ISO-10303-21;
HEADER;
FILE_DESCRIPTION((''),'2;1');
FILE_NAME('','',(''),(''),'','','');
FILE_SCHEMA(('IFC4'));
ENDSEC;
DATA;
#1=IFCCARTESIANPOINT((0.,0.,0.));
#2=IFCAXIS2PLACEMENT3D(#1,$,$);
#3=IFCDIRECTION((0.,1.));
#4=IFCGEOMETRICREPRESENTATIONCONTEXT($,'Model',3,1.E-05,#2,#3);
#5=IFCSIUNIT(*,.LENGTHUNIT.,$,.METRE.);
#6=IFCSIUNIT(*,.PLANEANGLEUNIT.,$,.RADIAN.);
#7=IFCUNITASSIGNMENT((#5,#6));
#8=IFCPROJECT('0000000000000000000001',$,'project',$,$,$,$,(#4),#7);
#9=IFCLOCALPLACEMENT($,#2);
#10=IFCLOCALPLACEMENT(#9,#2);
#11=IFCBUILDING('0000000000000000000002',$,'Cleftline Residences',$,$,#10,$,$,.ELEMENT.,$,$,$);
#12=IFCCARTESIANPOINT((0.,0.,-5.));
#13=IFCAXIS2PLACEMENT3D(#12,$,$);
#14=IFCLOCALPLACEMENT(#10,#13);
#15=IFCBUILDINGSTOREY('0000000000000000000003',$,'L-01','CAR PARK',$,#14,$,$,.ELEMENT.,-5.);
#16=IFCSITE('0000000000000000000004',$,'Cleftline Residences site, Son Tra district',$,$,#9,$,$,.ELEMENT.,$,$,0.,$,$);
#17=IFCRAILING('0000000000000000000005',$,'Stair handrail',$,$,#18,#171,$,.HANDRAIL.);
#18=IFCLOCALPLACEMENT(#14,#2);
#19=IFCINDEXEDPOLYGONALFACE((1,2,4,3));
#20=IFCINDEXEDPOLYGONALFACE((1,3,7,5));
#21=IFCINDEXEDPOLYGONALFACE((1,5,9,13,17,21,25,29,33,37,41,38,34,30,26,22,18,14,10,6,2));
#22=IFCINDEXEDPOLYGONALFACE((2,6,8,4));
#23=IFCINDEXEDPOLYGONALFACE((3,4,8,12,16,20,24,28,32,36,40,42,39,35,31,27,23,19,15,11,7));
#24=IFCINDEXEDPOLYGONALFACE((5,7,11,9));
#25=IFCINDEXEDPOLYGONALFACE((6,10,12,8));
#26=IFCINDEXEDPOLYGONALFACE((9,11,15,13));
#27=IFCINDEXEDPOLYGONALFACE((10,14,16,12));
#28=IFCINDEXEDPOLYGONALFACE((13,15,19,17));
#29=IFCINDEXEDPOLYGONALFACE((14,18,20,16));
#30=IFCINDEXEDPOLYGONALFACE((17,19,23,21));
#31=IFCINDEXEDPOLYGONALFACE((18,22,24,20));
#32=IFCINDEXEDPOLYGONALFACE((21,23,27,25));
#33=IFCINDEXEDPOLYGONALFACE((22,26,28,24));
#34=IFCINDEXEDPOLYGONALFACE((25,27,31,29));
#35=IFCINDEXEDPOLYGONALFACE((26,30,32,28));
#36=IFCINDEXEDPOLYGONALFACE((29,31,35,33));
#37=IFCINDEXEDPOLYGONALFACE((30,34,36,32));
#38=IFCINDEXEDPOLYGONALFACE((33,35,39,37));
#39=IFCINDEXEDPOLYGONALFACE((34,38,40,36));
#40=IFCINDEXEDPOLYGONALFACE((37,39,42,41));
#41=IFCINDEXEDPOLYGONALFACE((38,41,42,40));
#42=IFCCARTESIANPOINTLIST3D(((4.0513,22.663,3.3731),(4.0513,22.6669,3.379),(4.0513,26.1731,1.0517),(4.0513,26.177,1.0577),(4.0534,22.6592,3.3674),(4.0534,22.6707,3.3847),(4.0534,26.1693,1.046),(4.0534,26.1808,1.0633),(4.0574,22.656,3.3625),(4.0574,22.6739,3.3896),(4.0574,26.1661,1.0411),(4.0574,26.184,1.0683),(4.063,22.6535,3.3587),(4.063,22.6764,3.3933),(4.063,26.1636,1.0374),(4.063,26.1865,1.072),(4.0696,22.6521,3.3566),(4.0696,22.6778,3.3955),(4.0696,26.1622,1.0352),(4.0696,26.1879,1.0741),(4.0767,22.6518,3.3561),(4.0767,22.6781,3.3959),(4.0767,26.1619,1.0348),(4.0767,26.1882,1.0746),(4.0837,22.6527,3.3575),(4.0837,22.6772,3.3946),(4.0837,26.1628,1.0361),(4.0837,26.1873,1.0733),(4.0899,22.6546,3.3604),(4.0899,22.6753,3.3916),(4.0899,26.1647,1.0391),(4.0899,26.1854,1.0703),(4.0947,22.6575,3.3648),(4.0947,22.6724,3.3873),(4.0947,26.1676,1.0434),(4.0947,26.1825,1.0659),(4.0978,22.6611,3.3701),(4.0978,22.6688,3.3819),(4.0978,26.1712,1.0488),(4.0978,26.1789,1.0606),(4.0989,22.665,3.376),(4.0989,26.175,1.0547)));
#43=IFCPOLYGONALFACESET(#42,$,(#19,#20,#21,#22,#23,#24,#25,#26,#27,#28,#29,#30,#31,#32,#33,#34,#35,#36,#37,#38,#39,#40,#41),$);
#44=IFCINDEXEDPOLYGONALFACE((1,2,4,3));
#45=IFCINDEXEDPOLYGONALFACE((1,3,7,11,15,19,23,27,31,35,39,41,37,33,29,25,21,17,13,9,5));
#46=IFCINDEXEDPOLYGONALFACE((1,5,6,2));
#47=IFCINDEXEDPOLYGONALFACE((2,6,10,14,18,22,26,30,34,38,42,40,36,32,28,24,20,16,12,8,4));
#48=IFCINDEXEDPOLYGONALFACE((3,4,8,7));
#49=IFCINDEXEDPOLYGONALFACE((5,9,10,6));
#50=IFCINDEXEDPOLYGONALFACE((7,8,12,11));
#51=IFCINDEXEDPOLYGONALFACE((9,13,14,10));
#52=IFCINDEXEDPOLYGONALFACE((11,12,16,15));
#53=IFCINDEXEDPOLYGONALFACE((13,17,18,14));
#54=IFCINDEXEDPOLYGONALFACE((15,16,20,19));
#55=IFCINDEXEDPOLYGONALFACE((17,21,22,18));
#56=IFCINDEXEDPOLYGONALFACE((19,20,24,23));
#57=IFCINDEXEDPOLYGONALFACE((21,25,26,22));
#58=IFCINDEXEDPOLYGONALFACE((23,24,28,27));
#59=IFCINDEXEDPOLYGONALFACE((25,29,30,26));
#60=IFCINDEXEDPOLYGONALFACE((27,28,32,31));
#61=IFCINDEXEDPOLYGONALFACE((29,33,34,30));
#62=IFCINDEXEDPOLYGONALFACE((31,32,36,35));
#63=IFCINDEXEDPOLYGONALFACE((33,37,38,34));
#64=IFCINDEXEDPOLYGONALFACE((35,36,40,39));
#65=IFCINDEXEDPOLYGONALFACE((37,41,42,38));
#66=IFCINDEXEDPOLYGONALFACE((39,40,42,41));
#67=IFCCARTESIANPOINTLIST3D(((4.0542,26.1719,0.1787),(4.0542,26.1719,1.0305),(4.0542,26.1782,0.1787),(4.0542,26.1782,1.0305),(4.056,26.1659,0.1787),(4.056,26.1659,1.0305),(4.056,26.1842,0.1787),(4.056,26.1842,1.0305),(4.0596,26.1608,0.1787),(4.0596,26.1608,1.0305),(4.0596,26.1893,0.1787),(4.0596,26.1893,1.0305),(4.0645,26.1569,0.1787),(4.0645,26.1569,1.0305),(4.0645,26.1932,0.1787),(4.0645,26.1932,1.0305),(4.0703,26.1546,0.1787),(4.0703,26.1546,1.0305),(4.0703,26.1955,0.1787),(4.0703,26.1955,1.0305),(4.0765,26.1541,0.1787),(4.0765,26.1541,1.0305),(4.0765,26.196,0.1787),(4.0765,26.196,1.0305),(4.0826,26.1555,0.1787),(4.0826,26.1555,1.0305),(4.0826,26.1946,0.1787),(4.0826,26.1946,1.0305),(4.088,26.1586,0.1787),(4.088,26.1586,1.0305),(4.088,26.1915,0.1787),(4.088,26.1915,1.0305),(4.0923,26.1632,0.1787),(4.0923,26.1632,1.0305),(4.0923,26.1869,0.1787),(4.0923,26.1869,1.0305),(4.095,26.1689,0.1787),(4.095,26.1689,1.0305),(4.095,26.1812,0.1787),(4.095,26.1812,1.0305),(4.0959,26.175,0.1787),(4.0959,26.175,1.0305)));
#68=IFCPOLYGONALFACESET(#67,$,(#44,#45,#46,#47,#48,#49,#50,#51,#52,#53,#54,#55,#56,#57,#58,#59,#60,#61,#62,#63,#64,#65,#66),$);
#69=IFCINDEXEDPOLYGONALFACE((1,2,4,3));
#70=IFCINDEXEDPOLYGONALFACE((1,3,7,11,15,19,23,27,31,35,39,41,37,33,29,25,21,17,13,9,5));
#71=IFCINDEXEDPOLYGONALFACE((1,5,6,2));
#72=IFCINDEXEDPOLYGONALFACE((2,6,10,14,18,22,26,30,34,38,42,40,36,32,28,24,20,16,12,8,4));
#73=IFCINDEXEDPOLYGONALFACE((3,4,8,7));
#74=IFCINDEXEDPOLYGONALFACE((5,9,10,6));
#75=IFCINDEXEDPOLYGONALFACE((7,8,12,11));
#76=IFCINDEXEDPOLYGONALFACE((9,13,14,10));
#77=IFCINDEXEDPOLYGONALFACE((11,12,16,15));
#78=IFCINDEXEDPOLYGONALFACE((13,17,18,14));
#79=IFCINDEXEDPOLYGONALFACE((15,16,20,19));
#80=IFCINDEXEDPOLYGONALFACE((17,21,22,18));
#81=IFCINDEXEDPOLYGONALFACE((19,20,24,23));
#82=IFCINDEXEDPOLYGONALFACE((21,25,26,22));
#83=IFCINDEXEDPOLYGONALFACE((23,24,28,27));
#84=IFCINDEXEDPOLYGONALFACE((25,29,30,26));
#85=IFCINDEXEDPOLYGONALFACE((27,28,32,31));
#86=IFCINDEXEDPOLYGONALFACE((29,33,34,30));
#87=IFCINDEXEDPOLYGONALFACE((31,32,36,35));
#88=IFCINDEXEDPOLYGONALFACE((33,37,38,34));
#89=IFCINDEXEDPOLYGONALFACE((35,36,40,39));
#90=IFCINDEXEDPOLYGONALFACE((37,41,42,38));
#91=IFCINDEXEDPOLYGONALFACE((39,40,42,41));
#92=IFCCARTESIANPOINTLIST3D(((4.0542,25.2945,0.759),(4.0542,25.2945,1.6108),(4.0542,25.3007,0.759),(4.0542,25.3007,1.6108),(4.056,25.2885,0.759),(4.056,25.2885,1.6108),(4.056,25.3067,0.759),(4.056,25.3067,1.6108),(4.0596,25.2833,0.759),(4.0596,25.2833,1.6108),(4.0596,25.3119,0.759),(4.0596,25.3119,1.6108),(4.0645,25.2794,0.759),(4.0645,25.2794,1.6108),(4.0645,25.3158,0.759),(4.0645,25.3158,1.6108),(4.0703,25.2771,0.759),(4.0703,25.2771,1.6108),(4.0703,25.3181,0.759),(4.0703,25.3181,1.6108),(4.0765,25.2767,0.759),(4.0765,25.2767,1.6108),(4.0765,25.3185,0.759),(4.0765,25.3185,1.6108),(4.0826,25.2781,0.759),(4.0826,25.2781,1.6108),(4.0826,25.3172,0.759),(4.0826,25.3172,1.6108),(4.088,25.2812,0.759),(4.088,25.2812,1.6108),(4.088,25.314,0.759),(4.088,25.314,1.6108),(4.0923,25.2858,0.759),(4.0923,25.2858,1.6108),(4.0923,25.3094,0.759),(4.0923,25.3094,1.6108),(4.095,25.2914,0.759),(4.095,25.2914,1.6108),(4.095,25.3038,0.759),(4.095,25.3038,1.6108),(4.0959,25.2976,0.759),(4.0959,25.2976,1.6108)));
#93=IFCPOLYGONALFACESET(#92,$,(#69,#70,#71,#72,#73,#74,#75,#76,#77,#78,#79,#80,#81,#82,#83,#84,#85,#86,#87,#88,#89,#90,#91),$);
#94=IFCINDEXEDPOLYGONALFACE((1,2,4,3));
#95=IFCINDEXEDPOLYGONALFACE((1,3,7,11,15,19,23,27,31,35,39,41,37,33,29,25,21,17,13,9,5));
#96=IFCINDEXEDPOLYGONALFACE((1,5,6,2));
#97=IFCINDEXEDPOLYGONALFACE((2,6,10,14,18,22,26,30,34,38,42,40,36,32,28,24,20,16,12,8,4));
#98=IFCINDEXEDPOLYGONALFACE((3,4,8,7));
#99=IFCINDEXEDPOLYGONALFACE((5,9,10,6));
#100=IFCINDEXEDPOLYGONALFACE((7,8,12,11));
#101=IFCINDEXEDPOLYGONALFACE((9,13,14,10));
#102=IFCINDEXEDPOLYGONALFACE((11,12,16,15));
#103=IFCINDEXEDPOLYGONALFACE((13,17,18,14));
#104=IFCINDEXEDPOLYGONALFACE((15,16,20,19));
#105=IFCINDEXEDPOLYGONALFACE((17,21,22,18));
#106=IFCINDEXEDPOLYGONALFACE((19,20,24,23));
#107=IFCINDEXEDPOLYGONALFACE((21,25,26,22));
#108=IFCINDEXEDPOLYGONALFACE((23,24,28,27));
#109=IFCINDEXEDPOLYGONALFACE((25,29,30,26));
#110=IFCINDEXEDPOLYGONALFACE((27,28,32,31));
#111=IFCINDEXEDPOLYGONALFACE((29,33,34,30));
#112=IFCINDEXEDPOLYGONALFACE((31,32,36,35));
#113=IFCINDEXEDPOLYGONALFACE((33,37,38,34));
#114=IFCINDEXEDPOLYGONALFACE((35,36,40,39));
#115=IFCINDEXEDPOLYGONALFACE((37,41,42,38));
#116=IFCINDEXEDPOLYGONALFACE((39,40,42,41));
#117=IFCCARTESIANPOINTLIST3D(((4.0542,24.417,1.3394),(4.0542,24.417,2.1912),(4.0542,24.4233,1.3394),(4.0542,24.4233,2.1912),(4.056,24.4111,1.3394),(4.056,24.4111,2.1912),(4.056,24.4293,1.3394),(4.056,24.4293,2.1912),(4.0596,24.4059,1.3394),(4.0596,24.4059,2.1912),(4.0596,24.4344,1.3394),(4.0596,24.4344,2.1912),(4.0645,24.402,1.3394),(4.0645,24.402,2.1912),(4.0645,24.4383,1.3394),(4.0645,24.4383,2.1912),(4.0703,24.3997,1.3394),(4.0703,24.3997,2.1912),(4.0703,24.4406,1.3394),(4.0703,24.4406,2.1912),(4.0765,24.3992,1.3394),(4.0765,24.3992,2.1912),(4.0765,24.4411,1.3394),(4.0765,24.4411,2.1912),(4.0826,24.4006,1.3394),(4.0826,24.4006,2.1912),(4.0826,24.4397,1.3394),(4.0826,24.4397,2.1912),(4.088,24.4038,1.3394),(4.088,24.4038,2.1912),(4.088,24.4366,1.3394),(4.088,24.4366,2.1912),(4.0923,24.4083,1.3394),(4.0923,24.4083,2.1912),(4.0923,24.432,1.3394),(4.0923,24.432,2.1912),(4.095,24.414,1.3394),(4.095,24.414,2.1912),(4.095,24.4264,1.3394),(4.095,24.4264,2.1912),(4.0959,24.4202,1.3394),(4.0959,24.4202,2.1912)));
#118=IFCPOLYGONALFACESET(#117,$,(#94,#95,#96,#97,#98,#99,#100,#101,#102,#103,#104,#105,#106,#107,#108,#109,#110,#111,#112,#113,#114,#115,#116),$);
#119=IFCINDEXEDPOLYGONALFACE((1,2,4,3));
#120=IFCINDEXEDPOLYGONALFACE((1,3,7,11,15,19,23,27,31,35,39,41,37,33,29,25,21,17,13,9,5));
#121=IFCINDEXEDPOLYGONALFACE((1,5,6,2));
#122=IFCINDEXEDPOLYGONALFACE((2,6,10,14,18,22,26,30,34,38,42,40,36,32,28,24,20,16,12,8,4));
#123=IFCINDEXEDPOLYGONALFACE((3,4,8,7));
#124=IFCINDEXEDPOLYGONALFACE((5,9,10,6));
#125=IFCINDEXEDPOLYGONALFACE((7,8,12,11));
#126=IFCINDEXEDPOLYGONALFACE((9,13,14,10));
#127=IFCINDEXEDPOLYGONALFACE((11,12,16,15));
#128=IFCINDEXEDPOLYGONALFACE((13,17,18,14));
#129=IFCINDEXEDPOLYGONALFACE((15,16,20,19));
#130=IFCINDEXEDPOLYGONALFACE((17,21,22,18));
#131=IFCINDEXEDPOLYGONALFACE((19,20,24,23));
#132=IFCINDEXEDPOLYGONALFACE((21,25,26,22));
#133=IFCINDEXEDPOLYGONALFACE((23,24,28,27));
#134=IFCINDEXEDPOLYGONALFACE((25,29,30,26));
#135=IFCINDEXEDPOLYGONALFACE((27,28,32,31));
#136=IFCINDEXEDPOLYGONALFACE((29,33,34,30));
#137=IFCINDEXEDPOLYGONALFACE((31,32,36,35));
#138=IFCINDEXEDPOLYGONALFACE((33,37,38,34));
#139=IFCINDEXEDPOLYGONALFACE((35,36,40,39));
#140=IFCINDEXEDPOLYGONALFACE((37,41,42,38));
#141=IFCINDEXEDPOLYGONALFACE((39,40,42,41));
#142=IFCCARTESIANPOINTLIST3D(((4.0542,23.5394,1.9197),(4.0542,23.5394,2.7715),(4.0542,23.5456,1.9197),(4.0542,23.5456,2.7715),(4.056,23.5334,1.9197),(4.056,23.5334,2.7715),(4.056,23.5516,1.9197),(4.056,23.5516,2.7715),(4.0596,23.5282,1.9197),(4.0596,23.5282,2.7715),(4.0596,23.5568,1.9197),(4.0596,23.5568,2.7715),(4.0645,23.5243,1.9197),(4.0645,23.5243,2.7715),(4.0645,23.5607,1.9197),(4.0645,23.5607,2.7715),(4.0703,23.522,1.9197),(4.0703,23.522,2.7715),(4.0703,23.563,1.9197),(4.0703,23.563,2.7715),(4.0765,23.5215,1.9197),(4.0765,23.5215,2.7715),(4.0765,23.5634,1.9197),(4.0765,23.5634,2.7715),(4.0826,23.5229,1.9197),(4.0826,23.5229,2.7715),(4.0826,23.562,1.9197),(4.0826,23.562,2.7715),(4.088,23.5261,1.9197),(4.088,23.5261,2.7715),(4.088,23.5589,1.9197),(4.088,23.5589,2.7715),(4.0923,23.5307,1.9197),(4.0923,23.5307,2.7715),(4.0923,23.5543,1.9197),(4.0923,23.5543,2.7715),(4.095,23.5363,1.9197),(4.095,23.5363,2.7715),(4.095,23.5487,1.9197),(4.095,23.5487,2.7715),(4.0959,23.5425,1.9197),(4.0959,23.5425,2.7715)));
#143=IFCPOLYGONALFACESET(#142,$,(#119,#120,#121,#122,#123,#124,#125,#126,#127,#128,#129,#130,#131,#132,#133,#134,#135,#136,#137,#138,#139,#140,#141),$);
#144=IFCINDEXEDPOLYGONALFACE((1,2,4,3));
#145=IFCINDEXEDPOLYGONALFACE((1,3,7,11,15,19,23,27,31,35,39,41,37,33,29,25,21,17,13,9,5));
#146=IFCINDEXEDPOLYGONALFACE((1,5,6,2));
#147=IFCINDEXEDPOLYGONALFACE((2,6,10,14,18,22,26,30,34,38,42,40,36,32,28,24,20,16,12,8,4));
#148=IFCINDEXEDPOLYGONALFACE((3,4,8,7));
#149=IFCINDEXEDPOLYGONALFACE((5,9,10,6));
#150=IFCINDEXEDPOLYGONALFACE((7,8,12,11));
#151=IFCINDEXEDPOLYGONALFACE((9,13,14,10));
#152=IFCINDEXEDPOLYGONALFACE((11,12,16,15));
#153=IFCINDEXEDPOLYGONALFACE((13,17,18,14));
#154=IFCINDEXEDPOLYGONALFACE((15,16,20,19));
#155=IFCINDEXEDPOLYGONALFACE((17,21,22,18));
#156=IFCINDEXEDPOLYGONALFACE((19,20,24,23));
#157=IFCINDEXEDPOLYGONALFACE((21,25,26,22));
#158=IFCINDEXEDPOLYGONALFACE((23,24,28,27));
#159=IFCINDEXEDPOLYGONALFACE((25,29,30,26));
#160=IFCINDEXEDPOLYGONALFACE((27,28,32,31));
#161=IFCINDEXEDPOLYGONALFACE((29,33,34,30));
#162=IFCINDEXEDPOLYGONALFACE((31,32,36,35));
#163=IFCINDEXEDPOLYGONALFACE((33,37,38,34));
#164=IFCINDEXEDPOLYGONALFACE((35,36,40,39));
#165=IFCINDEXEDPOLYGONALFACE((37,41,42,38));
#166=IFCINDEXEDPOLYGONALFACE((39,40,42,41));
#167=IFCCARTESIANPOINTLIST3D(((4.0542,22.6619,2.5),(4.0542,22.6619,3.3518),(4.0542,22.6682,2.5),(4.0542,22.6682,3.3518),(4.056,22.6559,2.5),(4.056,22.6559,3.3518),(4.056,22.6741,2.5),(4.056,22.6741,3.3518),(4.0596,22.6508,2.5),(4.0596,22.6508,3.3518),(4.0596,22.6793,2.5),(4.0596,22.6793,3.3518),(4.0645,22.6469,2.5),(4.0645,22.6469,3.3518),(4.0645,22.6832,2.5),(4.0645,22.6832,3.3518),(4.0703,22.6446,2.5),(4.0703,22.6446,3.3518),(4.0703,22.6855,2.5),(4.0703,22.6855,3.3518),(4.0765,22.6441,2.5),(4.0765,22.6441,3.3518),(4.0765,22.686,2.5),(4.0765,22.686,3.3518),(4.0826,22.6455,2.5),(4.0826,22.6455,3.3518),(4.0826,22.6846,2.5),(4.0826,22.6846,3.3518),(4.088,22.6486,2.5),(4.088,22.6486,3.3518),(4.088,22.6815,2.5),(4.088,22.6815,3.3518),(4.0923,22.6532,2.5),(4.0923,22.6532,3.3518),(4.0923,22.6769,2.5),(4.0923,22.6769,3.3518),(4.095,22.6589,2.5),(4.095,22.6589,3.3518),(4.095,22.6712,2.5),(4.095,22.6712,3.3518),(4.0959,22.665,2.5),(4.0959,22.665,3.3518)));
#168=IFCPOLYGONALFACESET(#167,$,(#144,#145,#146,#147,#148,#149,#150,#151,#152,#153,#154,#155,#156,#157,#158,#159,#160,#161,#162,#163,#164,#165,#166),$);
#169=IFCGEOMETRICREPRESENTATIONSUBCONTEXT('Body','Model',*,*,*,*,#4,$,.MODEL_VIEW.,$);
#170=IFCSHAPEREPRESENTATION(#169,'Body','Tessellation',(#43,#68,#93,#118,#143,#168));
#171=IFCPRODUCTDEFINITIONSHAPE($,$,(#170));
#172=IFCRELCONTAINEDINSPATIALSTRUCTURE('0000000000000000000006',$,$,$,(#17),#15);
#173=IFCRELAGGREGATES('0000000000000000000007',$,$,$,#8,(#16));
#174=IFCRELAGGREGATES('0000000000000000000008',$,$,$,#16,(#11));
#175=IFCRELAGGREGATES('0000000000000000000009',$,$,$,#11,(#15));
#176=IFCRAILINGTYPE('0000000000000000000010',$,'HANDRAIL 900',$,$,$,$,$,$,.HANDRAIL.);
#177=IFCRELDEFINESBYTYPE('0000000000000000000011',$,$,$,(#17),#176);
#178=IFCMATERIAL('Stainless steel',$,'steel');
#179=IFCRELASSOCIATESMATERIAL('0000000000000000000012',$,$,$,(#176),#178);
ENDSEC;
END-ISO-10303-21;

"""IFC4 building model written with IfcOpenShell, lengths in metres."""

from ifc_helpers import new_model, si_unit, direction, frame, origin, origin_2d, place, context, subcontext, project, spatial, circle, extrude, material, type_object, element, save


model = new_model("IFC4")

# Units and contexts
model_context = context("Model", 3, precision=1e-05, world=origin(), true_north=direction((0.0, 1.0)))
body_context = subcontext(model_context, "Body", "Model", "MODEL_VIEW")
ifc_project = project(units=[si_unit("LENGTHUNIT", "METRE"), si_unit("PLANEANGLEUNIT", "RADIAN")], contexts=[model_context])

# Site, building, storey
site_placement = place(None, origin())
site = spatial("IfcSite", under=ifc_project, at=site_placement, Name="Cleftline Residences site, Son Tra district", CompositionType="ELEMENT", RefElevation=0.0)
building_placement = place(site_placement, origin())
building = spatial("IfcBuilding", under=site, at=building_placement, Name="Cleftline Residences", CompositionType="ELEMENT")
storey_placement = place(building_placement, frame((0.0, 0.0, -5.0)))
storey = spatial("IfcBuildingStorey", under=building, at=storey_placement, Name="L-01", Description="CAR PARK", CompositionType="ELEMENT", Elevation=-5.0)

# Railing
ifc_material_1 = material(Name="Stainless steel", Category="steel")
railing_type = type_object("IfcRailingType", Name="HANDRAIL 900", PredefinedType="HANDRAIL", material=ifc_material_1)
railing_1_placement = place(storey_placement, frame((4.075, 26.175, 0.1787)))
element("IfcRailing", 1, at=railing_1_placement, inside=storey, type_object=railing_type, Name="Stair handrail", PredefinedType="HANDRAIL", context=body_context, shape_type="SweptSolid", body=[
    extrude(circle(Radius=0.0239, at=origin_2d()), frame((0.0, 0.0, 0.876), z_axis=(0.0, -0.834097, 0.551617), x_axis=(1.0, 0.0, 0.0)), (0.0, 0.0, 1.0), 4.2083),
    extrude(circle(Radius=0.021, at=origin_2d()), origin(), (0.0, 0.0, 1.0), 0.8518),
    extrude(circle(Radius=0.021, at=origin_2d()), frame((0.0, -0.8774, 0.5803)), (0.0, 0.0, 1.0), 0.8518),
    extrude(circle(Radius=0.021, at=origin_2d()), frame((0.0, -1.7549, 1.1606)), (0.0, 0.0, 1.0), 0.8518),
    extrude(circle(Radius=0.021, at=origin_2d()), frame((0.0, -2.6326, 1.741)), (0.0, 0.0, 1.0), 0.8518),
    extrude(circle(Radius=0.021, at=origin_2d()), frame((0.0, -3.51, 2.3213)), (0.0, 0.0, 1.0), 0.8518),
])

save(model, "model.ifc")
